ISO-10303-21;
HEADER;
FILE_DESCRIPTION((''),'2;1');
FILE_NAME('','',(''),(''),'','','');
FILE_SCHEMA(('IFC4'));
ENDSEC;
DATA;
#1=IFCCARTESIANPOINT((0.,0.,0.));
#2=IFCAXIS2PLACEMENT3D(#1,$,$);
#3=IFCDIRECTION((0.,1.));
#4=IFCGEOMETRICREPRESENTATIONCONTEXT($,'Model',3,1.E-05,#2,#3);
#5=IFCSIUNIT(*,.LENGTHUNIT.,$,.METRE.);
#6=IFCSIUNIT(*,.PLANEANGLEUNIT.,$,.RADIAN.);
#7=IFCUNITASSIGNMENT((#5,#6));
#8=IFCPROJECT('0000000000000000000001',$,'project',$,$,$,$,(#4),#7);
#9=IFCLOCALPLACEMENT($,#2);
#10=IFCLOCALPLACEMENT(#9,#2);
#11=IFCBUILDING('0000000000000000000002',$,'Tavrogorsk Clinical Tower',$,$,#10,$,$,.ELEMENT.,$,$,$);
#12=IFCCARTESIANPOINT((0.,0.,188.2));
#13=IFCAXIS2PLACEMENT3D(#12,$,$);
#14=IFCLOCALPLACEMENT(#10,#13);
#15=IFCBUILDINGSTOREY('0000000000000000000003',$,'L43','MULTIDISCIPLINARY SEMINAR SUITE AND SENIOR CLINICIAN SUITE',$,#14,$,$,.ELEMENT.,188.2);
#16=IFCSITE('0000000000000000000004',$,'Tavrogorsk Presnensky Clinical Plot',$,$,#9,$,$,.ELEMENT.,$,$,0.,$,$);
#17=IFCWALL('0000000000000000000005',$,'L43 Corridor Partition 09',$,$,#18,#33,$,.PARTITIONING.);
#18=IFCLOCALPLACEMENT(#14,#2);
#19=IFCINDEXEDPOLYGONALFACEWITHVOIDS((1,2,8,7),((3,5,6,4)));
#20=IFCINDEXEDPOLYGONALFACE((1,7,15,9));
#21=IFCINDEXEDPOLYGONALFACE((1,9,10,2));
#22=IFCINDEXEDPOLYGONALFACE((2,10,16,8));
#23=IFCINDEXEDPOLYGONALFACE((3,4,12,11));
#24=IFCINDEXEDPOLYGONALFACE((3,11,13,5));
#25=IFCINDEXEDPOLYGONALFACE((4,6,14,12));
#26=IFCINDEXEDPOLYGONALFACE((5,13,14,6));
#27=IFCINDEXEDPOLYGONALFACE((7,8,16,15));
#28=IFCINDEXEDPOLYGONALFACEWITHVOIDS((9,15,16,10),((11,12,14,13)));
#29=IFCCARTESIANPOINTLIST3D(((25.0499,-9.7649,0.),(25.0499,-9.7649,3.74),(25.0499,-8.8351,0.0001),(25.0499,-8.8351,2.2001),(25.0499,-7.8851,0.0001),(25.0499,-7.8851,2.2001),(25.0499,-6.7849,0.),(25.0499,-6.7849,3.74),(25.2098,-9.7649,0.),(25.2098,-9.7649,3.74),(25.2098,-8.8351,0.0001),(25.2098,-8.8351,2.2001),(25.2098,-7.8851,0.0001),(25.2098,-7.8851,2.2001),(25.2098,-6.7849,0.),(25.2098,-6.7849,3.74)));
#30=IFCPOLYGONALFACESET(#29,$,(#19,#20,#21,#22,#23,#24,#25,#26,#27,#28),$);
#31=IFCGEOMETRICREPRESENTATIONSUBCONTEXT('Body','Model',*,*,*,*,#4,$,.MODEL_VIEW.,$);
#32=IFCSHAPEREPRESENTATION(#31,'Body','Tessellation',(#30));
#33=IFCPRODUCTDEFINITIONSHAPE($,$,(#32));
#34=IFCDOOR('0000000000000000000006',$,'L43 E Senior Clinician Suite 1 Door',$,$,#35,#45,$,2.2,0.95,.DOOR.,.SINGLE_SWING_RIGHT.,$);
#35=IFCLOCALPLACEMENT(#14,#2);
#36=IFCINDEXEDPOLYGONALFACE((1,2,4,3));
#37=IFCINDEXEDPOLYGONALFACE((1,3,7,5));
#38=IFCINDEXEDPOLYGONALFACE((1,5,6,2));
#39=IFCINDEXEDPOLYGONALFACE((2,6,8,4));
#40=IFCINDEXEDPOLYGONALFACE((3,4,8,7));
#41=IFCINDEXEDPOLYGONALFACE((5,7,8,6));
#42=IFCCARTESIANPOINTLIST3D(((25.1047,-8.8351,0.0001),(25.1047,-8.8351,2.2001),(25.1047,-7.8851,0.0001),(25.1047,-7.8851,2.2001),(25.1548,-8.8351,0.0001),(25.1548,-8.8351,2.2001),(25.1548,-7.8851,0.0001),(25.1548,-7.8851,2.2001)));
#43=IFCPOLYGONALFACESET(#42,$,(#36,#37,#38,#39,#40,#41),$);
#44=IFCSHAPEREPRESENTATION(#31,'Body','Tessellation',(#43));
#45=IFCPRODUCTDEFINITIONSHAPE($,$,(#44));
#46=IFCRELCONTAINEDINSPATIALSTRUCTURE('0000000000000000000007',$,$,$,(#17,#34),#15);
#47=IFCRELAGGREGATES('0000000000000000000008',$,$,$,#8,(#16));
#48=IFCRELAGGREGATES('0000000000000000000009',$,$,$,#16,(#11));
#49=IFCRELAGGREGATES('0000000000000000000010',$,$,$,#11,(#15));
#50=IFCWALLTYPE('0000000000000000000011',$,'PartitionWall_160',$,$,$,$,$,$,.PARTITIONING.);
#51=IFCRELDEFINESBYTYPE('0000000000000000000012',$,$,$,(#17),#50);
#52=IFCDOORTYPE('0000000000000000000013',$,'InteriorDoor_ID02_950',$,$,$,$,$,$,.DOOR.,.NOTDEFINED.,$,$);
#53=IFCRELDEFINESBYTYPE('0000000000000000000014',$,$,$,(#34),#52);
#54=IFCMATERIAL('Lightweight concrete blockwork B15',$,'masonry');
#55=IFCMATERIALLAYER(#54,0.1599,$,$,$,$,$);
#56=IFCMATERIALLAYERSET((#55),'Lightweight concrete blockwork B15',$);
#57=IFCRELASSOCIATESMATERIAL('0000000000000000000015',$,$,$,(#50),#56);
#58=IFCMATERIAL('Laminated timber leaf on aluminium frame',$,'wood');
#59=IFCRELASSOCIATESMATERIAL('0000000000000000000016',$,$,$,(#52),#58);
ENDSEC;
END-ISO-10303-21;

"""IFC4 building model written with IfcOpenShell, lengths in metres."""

from ifc_helpers import new_model, si_unit, direction, frame, frame_2d, origin, place, context, subcontext, project, spatial, rectangle, extrude, material, layer, layer_set, type_object, element, fill, save


model = new_model("IFC4")

# Units and contexts
model_context = context("Model", 3, precision=1e-05, world=origin(), true_north=direction((0.0, 1.0)))
body_context = subcontext(model_context, "Body", "Model", "MODEL_VIEW")
ifc_project = project(units=[si_unit("LENGTHUNIT", "METRE"), si_unit("PLANEANGLEUNIT", "RADIAN")], contexts=[model_context])

# Site, building, storey
site_placement = place(None, origin())
site = spatial("IfcSite", under=ifc_project, at=site_placement, Name="Tavrogorsk Presnensky Clinical Plot", CompositionType="ELEMENT", RefElevation=0.0)
building_placement = place(site_placement, origin())
building = spatial("IfcBuilding", under=site, at=building_placement, Name="Tavrogorsk Clinical Tower", CompositionType="ELEMENT")
storey_placement = place(building_placement, frame((0.0, 0.0, 188.2)))
storey = spatial("IfcBuildingStorey", under=building, at=storey_placement, Name="L43", Description="MULTIDISCIPLINARY SEMINAR SUITE AND SENIOR CLINICIAN SUITE", CompositionType="ELEMENT", Elevation=188.2)

# Wall, opening, door
ifc_material_1 = material(Name="Lightweight concrete blockwork B15", Category="masonry")
ifc_layer = layer(ifc_material_1, 0.1599)
ifc_layer_set = layer_set([ifc_layer], Name="Lightweight concrete blockwork B15")
wall_type = type_object("IfcWallType", Name="PartitionWall_160", PredefinedType="PARTITIONING", material=ifc_layer_set)
wall_1_placement = place(storey_placement, frame((25.1299, -6.7849, 0.0), z_axis=(0.0, 0.0, 1.0), x_axis=(0.0, -1.0, 0.0)))
wall_1 = element("IfcWall", 1, at=wall_1_placement, inside=storey, type_object=wall_type, Name="L43 Corridor Partition 09", PredefinedType="PARTITIONING", context=body_context, shape_type="SweptSolid", body=[
    extrude(rectangle(XDim=2.98, YDim=0.1599, at=frame_2d((1.49, 0.0))), origin(), (0.0, 0.0, 1.0), 3.74),
])
opening_1_placement = place(wall_1_placement, frame((1.1001, 0.0, 0.0)))
opening_1 = element("IfcOpeningElement", 2, at=opening_1_placement, cuts=wall_1, PredefinedType="OPENING", context=body_context, shape_type="SweptSolid", body=[
    extrude(rectangle(XDim=0.95, YDim=2.2, at=frame_2d((0.4751, 1.1001))), frame((0.0, 0.0898, 0.0), z_axis=(0.0, -1.0, 0.0), x_axis=(1.0, 0.0, 0.0)), (0.0, 0.0, 1.0), 0.1799),
])
ifc_material_2 = material(Name="Laminated timber leaf on aluminium frame", Category="wood")
door_type_1 = type_object("IfcDoorType", Name="InteriorDoor_ID02_950", OperationType="NOTDEFINED", PredefinedType="DOOR", material=ifc_material_2)
door_1_placement = place(opening_1_placement, origin())
door_1 = element("IfcDoor", 3, at=door_1_placement, inside=storey, type_object=door_type_1, Name="L43 E Senior Clinician Suite 1 Door", OperationType="SINGLE_SWING_RIGHT", OverallHeight=2.2, OverallWidth=0.95, PredefinedType="DOOR", context=body_context, shape_type="SweptSolid", body=[
    extrude(rectangle(XDim=0.95, YDim=2.2, at=frame_2d((0.4751, 1.1001))), frame((0.0, 0.0249, 0.0), z_axis=(0.0, -1.0, 0.0), x_axis=(1.0, 0.0, 0.0)), (0.0, 0.0, 1.0), 0.05),
])
fill(opening_1, door_1)

save(model, "model.ifc")
